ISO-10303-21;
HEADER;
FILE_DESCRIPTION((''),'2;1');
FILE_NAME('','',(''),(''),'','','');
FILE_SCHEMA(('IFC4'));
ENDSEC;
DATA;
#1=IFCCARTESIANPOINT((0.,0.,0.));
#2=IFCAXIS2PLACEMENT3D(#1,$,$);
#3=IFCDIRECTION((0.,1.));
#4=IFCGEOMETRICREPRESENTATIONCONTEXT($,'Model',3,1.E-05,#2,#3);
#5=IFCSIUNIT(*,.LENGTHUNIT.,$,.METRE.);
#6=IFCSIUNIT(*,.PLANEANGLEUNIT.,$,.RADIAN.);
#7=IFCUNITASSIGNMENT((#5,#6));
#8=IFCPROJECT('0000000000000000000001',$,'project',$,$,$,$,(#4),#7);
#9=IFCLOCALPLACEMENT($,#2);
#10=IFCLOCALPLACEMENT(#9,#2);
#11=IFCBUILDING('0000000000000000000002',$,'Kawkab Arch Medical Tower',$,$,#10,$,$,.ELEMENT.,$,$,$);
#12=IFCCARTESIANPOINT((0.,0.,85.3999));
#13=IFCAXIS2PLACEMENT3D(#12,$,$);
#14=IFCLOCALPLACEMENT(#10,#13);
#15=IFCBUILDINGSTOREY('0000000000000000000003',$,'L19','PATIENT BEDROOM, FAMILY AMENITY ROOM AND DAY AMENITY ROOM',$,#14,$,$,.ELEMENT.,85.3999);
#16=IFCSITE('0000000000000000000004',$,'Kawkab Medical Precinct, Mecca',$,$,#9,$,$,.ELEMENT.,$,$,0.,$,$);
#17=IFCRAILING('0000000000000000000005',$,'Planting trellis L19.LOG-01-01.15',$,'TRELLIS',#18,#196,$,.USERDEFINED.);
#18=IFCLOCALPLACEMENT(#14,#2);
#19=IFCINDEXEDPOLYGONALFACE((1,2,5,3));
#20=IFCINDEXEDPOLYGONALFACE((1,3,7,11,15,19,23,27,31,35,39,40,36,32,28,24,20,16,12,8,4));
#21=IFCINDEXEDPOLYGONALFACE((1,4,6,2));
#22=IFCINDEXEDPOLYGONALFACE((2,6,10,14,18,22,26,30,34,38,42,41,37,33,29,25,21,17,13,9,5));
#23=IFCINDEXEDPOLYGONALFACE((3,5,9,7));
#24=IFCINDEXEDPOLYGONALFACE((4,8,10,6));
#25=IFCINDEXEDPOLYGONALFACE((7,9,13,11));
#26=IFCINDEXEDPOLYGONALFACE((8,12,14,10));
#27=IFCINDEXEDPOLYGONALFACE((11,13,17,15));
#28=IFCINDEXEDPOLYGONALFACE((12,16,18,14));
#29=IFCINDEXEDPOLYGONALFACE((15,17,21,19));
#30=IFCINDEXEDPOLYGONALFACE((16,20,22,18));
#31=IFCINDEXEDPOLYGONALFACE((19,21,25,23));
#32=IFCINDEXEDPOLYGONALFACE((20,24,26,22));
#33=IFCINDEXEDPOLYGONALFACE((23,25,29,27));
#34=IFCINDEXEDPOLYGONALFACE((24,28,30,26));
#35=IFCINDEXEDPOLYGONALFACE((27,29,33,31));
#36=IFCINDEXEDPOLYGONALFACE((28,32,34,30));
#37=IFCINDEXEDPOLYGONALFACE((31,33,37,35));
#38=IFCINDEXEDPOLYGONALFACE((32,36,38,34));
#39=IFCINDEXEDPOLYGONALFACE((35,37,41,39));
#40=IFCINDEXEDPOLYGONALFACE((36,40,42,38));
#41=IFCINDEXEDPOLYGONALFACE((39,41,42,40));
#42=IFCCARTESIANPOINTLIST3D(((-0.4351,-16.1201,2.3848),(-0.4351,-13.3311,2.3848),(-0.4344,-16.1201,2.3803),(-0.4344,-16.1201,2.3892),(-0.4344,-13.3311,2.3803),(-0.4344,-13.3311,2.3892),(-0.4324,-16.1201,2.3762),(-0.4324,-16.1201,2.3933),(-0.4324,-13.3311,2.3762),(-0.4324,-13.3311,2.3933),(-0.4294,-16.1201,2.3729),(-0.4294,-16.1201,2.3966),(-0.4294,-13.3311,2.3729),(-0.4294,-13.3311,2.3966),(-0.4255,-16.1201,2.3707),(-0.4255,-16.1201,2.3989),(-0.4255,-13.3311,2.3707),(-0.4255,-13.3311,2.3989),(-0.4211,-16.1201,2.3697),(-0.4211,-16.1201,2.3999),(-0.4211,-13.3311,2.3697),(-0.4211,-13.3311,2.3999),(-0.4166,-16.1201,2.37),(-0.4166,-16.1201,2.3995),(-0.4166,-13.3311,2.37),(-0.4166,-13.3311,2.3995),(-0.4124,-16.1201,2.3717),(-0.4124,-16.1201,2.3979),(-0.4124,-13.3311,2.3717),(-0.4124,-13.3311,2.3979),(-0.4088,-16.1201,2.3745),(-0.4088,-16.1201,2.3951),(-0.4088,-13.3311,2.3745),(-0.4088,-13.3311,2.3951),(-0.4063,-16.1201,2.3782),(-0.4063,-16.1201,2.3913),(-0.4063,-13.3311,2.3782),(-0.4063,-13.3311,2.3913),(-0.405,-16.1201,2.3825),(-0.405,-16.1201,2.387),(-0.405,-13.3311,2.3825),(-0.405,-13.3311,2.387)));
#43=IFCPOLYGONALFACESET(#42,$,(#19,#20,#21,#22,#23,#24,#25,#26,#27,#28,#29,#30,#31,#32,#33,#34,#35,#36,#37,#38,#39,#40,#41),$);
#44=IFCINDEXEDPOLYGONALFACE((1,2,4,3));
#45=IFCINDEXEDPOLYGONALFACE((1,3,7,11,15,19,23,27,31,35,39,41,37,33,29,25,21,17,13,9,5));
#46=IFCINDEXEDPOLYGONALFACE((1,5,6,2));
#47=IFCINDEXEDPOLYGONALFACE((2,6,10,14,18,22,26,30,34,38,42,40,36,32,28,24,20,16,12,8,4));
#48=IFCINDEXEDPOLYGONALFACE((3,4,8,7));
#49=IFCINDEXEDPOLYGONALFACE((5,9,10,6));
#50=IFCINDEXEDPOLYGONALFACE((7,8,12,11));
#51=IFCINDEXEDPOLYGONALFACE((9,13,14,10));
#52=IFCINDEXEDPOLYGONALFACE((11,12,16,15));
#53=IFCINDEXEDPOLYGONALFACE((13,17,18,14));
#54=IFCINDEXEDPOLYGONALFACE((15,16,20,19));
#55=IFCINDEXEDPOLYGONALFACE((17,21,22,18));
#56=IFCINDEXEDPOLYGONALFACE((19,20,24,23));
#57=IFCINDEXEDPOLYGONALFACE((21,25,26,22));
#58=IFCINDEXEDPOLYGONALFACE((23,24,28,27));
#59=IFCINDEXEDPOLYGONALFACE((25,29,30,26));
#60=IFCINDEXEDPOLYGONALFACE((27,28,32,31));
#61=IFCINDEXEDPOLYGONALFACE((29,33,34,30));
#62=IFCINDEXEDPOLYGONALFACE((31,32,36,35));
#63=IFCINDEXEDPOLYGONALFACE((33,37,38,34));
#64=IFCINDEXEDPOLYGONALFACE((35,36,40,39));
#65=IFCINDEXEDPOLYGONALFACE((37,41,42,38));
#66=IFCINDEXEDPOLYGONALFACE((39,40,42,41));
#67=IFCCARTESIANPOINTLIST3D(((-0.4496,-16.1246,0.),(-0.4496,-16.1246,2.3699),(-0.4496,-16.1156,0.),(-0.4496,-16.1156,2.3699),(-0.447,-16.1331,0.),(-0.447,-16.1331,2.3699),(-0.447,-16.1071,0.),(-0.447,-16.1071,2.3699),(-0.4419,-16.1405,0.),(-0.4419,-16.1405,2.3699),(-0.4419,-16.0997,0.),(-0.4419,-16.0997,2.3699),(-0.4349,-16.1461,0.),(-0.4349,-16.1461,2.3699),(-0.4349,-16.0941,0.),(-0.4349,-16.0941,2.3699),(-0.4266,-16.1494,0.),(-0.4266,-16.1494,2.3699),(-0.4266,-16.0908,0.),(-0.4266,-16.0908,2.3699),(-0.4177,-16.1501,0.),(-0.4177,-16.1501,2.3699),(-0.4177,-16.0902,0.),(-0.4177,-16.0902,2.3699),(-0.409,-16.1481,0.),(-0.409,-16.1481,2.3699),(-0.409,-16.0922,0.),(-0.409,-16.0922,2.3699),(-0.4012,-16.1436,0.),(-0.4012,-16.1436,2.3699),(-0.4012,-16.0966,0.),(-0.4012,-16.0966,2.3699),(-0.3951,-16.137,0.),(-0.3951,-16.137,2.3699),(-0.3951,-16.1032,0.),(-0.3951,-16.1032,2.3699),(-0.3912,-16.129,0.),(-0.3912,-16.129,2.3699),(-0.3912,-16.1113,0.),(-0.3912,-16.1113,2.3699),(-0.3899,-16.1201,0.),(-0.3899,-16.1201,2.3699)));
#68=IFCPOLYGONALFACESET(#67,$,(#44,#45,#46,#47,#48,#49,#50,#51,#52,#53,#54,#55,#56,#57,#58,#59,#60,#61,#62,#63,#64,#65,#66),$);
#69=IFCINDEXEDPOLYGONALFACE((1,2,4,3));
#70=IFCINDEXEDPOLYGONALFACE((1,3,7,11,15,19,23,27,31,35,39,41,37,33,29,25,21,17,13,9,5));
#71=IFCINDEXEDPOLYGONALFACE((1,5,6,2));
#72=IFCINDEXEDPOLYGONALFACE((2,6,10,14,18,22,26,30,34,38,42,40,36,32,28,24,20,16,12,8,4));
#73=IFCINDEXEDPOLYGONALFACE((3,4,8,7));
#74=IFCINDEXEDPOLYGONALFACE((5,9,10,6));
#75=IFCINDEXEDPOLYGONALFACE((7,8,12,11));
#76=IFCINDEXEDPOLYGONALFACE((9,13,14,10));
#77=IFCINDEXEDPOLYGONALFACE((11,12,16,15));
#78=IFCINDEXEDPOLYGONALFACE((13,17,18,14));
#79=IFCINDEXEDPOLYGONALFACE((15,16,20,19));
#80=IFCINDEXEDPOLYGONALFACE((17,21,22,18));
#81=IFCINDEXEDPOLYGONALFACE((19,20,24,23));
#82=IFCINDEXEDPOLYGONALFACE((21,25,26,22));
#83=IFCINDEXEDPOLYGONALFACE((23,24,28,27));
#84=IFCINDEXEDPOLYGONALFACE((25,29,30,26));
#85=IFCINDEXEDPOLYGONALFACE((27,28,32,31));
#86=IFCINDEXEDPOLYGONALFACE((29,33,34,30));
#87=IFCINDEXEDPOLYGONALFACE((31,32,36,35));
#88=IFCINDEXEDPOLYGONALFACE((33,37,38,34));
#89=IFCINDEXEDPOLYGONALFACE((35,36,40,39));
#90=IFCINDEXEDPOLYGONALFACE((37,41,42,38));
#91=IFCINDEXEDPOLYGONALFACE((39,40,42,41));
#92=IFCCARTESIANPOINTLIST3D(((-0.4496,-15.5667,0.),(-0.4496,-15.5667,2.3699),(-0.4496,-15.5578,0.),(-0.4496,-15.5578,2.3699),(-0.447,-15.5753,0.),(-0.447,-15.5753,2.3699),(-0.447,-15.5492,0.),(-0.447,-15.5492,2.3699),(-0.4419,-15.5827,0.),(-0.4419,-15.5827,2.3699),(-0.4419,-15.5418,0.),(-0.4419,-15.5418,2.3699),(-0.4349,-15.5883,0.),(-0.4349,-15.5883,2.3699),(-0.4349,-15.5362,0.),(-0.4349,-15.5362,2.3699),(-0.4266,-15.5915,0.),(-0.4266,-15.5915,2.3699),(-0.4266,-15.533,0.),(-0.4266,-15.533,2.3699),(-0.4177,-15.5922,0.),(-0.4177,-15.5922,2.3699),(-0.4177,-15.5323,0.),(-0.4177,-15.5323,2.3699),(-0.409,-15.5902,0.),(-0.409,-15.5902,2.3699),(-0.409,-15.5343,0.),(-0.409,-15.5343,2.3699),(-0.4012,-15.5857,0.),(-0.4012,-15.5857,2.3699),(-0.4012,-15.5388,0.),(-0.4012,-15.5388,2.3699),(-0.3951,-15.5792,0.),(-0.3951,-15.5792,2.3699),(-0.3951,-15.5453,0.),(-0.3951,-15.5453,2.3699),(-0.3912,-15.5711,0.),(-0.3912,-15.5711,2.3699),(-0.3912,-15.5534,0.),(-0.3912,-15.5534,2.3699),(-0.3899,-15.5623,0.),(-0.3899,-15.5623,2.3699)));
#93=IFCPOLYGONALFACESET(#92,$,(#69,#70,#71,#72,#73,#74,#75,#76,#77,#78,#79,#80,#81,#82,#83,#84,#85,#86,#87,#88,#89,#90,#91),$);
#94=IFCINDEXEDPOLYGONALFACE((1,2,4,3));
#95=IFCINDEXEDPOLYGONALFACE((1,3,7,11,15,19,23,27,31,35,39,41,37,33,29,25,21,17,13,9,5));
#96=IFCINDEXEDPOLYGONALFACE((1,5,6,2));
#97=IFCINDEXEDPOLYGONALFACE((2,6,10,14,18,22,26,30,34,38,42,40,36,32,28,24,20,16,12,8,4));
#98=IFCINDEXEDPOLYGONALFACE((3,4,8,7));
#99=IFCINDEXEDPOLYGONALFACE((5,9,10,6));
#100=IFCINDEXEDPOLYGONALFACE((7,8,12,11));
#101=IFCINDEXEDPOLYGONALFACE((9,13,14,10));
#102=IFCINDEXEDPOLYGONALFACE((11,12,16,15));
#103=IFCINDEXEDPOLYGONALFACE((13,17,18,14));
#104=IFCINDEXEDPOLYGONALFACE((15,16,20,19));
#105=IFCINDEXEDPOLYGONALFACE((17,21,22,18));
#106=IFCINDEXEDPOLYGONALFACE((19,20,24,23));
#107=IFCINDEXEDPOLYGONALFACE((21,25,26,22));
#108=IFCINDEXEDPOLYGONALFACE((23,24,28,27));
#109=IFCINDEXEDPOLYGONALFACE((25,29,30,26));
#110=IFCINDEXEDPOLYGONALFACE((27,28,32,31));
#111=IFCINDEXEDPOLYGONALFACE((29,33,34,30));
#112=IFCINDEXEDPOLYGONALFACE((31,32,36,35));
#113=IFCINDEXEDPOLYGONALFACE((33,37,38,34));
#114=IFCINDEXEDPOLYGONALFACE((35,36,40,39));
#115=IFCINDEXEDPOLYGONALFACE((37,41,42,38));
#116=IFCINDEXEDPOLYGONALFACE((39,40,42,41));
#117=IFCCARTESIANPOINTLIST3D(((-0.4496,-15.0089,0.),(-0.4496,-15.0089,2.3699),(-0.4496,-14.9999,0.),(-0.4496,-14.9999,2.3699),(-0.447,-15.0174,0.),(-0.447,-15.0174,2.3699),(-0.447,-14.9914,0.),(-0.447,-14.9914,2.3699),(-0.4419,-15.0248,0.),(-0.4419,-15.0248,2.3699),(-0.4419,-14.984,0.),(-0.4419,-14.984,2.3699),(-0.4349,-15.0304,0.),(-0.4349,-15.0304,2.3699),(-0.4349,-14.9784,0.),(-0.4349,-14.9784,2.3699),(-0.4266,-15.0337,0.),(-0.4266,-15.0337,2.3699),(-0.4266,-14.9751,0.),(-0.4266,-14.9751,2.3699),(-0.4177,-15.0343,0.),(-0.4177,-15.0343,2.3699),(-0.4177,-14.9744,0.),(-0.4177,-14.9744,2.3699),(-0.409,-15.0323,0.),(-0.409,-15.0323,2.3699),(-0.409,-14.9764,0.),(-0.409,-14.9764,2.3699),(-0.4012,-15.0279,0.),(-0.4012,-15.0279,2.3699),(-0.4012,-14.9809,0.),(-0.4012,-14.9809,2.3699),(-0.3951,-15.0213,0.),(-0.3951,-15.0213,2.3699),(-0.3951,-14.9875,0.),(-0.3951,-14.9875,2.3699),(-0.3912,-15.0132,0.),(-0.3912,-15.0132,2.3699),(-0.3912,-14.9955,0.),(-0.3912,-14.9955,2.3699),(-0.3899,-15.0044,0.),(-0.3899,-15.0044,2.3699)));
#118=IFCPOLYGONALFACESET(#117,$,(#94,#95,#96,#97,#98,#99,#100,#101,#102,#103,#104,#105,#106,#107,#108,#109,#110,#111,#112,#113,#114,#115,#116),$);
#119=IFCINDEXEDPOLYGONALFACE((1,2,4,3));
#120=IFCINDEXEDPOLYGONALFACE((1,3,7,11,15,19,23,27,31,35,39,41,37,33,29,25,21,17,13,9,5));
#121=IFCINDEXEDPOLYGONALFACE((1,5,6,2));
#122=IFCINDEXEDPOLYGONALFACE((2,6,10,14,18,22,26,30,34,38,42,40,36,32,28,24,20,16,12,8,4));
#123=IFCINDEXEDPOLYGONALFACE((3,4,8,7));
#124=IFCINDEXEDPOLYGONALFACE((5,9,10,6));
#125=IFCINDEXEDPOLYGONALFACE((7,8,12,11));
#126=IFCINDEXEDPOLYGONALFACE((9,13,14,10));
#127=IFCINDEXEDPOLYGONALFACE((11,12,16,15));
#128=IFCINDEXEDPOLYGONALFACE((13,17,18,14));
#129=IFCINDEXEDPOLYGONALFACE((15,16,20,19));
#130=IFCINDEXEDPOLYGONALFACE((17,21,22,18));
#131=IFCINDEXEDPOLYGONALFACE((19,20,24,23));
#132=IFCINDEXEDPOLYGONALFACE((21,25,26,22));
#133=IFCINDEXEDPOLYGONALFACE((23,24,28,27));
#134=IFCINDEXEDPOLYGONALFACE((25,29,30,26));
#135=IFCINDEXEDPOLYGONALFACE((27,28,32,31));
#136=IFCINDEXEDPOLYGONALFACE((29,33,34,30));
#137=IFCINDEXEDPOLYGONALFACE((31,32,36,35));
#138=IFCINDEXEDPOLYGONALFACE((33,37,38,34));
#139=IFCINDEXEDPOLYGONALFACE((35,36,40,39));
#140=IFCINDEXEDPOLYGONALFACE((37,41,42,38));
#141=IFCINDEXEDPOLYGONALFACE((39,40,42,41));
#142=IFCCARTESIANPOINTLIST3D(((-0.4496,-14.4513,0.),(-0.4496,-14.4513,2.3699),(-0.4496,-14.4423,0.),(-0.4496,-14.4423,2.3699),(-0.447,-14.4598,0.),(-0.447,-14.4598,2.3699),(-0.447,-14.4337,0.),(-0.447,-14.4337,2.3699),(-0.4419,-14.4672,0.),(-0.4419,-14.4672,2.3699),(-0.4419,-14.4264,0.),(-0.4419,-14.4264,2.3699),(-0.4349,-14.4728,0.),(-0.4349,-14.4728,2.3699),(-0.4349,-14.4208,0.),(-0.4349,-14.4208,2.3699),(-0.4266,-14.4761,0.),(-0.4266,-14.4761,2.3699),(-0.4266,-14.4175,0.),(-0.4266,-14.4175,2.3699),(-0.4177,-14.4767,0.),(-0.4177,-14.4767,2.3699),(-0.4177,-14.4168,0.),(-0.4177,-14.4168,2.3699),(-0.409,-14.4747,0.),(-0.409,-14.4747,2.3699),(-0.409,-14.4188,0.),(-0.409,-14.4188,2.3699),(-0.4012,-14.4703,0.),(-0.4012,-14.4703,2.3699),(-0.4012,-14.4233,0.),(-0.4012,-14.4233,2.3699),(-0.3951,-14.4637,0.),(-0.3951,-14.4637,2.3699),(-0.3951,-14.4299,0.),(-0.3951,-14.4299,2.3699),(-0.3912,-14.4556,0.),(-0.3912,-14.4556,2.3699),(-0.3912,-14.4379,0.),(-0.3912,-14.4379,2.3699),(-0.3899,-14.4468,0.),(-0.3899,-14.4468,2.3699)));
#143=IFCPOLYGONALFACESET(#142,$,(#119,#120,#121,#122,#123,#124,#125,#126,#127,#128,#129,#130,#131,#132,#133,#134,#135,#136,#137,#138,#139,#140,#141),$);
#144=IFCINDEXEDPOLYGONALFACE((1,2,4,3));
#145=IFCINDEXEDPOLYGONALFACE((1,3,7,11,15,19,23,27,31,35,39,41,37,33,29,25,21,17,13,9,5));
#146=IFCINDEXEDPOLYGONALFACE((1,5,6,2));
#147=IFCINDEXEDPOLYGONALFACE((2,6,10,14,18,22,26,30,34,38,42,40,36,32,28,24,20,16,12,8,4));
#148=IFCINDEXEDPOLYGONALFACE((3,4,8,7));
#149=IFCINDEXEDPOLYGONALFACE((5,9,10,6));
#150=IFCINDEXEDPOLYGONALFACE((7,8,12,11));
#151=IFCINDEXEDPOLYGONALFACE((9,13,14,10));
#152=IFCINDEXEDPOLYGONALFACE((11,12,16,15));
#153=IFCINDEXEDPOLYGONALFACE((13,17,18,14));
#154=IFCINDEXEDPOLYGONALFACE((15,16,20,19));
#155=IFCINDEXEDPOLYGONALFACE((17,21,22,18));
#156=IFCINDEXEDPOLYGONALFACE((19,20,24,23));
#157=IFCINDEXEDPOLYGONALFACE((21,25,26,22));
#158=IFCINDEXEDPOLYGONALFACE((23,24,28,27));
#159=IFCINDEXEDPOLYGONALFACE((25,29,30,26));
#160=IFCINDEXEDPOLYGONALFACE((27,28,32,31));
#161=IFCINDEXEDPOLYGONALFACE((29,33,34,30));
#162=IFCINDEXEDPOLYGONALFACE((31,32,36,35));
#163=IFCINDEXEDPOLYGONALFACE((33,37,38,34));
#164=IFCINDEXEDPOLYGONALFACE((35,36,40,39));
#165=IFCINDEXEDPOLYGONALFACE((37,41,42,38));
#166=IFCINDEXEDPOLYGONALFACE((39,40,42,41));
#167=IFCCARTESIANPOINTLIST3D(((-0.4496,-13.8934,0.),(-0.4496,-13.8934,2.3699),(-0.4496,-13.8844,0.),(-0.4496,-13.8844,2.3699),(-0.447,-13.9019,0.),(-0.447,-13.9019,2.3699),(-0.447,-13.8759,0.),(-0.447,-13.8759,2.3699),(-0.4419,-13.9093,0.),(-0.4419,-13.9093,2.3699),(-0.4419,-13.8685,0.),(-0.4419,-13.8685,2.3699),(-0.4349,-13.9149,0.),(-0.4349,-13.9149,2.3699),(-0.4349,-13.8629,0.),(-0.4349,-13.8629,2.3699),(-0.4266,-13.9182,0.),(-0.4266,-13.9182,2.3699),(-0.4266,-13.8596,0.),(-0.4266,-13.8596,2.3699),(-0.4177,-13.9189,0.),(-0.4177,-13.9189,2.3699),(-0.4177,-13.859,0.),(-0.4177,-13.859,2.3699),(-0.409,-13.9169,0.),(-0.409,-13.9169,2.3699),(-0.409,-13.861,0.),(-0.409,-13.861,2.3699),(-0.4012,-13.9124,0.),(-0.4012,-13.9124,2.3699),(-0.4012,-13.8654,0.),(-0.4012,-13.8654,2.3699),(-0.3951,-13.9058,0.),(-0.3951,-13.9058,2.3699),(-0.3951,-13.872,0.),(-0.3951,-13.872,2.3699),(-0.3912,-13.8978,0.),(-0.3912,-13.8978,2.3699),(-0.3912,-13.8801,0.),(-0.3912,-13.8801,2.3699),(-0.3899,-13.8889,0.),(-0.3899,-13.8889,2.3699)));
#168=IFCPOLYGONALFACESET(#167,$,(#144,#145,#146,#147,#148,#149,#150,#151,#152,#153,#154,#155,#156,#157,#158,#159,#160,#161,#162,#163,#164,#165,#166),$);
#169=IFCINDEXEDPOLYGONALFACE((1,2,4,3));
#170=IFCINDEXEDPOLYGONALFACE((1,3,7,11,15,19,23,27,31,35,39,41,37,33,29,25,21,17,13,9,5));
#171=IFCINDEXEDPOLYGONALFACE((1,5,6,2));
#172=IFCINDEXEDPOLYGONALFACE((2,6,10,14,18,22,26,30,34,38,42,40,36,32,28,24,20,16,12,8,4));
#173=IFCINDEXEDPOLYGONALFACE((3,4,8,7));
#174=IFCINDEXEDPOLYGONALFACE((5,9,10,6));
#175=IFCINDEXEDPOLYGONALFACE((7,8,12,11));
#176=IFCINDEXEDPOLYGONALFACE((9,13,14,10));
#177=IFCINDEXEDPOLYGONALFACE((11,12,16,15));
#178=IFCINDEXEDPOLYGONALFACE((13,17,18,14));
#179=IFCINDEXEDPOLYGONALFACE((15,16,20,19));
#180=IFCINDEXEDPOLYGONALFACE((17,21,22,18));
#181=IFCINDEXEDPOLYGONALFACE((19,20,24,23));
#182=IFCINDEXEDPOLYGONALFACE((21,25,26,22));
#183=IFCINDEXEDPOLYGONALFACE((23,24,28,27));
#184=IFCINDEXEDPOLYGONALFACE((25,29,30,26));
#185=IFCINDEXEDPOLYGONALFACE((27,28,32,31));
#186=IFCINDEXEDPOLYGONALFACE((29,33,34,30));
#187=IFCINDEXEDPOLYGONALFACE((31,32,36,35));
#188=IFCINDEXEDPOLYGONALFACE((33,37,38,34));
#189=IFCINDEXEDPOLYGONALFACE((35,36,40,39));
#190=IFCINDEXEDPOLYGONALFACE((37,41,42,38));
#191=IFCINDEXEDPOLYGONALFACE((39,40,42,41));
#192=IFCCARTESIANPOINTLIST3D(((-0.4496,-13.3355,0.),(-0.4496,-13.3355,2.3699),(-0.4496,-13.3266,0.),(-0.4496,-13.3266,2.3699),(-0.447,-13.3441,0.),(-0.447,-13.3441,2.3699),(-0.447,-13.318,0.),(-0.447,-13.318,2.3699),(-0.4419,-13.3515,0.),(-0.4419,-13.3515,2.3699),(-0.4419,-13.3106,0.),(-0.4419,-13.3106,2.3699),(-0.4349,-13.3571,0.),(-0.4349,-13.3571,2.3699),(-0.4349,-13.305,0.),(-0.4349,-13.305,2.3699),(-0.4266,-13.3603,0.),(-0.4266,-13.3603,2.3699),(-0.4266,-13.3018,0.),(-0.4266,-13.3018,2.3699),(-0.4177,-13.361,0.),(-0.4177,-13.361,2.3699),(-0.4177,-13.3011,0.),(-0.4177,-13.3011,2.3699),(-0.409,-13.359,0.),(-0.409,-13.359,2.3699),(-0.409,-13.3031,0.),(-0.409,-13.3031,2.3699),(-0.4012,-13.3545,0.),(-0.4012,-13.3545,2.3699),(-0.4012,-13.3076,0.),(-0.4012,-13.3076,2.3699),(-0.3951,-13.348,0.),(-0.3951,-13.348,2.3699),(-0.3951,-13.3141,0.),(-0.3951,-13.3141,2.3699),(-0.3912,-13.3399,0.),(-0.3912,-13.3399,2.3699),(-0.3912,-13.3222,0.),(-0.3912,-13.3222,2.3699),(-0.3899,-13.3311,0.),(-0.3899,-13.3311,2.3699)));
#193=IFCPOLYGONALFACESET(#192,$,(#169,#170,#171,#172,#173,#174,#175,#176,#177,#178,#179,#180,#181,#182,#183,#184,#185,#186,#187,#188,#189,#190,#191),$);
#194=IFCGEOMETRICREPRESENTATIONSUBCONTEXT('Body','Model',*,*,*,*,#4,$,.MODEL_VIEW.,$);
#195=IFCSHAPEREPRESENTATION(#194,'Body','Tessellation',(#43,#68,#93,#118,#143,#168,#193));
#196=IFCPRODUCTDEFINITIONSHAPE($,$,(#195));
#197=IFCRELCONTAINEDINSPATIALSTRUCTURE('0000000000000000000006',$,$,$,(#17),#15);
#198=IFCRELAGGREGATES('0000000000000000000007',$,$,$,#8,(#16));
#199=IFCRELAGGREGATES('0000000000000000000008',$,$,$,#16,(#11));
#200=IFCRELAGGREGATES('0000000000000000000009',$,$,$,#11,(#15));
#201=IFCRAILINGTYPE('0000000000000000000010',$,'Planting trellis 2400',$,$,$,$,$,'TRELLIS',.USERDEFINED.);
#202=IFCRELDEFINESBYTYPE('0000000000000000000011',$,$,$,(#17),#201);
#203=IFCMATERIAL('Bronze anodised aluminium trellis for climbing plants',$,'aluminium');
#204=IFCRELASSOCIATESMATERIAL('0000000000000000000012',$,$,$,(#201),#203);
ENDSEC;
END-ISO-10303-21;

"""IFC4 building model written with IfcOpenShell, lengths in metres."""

from ifc_helpers import new_model, si_unit, direction, frame, origin, origin_2d, place, context, subcontext, project, spatial, circle, extrude, material, type_object, element, save


model = new_model("IFC4")

# Units and contexts
model_context = context("Model", 3, precision=1e-05, world=origin(), true_north=direction((0.0, 1.0)))
body_context = subcontext(model_context, "Body", "Model", "MODEL_VIEW")
ifc_project = project(units=[si_unit("LENGTHUNIT", "METRE"), si_unit("PLANEANGLEUNIT", "RADIAN")], contexts=[model_context])

# Site, building, storey
site_placement = place(None, origin())
site = spatial("IfcSite", under=ifc_project, at=site_placement, Name="Kawkab Medical Precinct, Mecca", CompositionType="ELEMENT", RefElevation=0.0)
building_placement = place(site_placement, origin())
building = spatial("IfcBuilding", under=site, at=building_placement, Name="Kawkab Arch Medical Tower", CompositionType="ELEMENT")
storey_placement = place(building_placement, frame((0.0, 0.0, 85.3999)))
storey = spatial("IfcBuildingStorey", under=building, at=storey_placement, Name="L19", Description="PATIENT BEDROOM, FAMILY AMENITY ROOM AND DAY AMENITY ROOM", CompositionType="ELEMENT", Elevation=85.3999)

# Railing
ifc_material_1 = material(Name="Bronze anodised aluminium trellis for climbing plants", Category="aluminium")
railing_type_1 = type_object("IfcRailingType", Name="Planting trellis 2400", ElementType="TRELLIS", PredefinedType="USERDEFINED", material=ifc_material_1)
railing_1_placement = place(storey_placement, frame((-0.4199, -16.1201, 0.0)))
element("IfcRailing", 1, at=railing_1_placement, inside=storey, type_object=railing_type_1, Name="Planting trellis L19.LOG-01-01.15", ObjectType="TRELLIS", PredefinedType="USERDEFINED", context=body_context, shape_type="SweptSolid", body=[
    extrude(circle(Radius=0.0151, at=origin_2d()), frame((0.0, 0.0, 2.3848), z_axis=(0.0, 1.0, 0.0), x_axis=(-1.0, 0.0, 0.0)), (0.0, 0.0, 1.0), 2.7891),
    extrude(circle(Radius=0.03, at=origin_2d()), origin(), (0.0, 0.0, 1.0), 2.3699),
    extrude(circle(Radius=0.03, at=origin_2d()), frame((0.0, 0.5579, 0.0)), (0.0, 0.0, 1.0), 2.3699),
    extrude(circle(Radius=0.03, at=origin_2d()), frame((0.0, 1.1157, 0.0)), (0.0, 0.0, 1.0), 2.3699),
    extrude(circle(Radius=0.03, at=origin_2d()), frame((0.0, 1.6733, 0.0)), (0.0, 0.0, 1.0), 2.3699),
    extrude(circle(Radius=0.03, at=origin_2d()), frame((0.0, 2.2312, 0.0)), (0.0, 0.0, 1.0), 2.3699),
    extrude(circle(Radius=0.03, at=origin_2d()), frame((0.0, 2.7891, 0.0)), (0.0, 0.0, 1.0), 2.3699),
])

save(model, "model.ifc")
